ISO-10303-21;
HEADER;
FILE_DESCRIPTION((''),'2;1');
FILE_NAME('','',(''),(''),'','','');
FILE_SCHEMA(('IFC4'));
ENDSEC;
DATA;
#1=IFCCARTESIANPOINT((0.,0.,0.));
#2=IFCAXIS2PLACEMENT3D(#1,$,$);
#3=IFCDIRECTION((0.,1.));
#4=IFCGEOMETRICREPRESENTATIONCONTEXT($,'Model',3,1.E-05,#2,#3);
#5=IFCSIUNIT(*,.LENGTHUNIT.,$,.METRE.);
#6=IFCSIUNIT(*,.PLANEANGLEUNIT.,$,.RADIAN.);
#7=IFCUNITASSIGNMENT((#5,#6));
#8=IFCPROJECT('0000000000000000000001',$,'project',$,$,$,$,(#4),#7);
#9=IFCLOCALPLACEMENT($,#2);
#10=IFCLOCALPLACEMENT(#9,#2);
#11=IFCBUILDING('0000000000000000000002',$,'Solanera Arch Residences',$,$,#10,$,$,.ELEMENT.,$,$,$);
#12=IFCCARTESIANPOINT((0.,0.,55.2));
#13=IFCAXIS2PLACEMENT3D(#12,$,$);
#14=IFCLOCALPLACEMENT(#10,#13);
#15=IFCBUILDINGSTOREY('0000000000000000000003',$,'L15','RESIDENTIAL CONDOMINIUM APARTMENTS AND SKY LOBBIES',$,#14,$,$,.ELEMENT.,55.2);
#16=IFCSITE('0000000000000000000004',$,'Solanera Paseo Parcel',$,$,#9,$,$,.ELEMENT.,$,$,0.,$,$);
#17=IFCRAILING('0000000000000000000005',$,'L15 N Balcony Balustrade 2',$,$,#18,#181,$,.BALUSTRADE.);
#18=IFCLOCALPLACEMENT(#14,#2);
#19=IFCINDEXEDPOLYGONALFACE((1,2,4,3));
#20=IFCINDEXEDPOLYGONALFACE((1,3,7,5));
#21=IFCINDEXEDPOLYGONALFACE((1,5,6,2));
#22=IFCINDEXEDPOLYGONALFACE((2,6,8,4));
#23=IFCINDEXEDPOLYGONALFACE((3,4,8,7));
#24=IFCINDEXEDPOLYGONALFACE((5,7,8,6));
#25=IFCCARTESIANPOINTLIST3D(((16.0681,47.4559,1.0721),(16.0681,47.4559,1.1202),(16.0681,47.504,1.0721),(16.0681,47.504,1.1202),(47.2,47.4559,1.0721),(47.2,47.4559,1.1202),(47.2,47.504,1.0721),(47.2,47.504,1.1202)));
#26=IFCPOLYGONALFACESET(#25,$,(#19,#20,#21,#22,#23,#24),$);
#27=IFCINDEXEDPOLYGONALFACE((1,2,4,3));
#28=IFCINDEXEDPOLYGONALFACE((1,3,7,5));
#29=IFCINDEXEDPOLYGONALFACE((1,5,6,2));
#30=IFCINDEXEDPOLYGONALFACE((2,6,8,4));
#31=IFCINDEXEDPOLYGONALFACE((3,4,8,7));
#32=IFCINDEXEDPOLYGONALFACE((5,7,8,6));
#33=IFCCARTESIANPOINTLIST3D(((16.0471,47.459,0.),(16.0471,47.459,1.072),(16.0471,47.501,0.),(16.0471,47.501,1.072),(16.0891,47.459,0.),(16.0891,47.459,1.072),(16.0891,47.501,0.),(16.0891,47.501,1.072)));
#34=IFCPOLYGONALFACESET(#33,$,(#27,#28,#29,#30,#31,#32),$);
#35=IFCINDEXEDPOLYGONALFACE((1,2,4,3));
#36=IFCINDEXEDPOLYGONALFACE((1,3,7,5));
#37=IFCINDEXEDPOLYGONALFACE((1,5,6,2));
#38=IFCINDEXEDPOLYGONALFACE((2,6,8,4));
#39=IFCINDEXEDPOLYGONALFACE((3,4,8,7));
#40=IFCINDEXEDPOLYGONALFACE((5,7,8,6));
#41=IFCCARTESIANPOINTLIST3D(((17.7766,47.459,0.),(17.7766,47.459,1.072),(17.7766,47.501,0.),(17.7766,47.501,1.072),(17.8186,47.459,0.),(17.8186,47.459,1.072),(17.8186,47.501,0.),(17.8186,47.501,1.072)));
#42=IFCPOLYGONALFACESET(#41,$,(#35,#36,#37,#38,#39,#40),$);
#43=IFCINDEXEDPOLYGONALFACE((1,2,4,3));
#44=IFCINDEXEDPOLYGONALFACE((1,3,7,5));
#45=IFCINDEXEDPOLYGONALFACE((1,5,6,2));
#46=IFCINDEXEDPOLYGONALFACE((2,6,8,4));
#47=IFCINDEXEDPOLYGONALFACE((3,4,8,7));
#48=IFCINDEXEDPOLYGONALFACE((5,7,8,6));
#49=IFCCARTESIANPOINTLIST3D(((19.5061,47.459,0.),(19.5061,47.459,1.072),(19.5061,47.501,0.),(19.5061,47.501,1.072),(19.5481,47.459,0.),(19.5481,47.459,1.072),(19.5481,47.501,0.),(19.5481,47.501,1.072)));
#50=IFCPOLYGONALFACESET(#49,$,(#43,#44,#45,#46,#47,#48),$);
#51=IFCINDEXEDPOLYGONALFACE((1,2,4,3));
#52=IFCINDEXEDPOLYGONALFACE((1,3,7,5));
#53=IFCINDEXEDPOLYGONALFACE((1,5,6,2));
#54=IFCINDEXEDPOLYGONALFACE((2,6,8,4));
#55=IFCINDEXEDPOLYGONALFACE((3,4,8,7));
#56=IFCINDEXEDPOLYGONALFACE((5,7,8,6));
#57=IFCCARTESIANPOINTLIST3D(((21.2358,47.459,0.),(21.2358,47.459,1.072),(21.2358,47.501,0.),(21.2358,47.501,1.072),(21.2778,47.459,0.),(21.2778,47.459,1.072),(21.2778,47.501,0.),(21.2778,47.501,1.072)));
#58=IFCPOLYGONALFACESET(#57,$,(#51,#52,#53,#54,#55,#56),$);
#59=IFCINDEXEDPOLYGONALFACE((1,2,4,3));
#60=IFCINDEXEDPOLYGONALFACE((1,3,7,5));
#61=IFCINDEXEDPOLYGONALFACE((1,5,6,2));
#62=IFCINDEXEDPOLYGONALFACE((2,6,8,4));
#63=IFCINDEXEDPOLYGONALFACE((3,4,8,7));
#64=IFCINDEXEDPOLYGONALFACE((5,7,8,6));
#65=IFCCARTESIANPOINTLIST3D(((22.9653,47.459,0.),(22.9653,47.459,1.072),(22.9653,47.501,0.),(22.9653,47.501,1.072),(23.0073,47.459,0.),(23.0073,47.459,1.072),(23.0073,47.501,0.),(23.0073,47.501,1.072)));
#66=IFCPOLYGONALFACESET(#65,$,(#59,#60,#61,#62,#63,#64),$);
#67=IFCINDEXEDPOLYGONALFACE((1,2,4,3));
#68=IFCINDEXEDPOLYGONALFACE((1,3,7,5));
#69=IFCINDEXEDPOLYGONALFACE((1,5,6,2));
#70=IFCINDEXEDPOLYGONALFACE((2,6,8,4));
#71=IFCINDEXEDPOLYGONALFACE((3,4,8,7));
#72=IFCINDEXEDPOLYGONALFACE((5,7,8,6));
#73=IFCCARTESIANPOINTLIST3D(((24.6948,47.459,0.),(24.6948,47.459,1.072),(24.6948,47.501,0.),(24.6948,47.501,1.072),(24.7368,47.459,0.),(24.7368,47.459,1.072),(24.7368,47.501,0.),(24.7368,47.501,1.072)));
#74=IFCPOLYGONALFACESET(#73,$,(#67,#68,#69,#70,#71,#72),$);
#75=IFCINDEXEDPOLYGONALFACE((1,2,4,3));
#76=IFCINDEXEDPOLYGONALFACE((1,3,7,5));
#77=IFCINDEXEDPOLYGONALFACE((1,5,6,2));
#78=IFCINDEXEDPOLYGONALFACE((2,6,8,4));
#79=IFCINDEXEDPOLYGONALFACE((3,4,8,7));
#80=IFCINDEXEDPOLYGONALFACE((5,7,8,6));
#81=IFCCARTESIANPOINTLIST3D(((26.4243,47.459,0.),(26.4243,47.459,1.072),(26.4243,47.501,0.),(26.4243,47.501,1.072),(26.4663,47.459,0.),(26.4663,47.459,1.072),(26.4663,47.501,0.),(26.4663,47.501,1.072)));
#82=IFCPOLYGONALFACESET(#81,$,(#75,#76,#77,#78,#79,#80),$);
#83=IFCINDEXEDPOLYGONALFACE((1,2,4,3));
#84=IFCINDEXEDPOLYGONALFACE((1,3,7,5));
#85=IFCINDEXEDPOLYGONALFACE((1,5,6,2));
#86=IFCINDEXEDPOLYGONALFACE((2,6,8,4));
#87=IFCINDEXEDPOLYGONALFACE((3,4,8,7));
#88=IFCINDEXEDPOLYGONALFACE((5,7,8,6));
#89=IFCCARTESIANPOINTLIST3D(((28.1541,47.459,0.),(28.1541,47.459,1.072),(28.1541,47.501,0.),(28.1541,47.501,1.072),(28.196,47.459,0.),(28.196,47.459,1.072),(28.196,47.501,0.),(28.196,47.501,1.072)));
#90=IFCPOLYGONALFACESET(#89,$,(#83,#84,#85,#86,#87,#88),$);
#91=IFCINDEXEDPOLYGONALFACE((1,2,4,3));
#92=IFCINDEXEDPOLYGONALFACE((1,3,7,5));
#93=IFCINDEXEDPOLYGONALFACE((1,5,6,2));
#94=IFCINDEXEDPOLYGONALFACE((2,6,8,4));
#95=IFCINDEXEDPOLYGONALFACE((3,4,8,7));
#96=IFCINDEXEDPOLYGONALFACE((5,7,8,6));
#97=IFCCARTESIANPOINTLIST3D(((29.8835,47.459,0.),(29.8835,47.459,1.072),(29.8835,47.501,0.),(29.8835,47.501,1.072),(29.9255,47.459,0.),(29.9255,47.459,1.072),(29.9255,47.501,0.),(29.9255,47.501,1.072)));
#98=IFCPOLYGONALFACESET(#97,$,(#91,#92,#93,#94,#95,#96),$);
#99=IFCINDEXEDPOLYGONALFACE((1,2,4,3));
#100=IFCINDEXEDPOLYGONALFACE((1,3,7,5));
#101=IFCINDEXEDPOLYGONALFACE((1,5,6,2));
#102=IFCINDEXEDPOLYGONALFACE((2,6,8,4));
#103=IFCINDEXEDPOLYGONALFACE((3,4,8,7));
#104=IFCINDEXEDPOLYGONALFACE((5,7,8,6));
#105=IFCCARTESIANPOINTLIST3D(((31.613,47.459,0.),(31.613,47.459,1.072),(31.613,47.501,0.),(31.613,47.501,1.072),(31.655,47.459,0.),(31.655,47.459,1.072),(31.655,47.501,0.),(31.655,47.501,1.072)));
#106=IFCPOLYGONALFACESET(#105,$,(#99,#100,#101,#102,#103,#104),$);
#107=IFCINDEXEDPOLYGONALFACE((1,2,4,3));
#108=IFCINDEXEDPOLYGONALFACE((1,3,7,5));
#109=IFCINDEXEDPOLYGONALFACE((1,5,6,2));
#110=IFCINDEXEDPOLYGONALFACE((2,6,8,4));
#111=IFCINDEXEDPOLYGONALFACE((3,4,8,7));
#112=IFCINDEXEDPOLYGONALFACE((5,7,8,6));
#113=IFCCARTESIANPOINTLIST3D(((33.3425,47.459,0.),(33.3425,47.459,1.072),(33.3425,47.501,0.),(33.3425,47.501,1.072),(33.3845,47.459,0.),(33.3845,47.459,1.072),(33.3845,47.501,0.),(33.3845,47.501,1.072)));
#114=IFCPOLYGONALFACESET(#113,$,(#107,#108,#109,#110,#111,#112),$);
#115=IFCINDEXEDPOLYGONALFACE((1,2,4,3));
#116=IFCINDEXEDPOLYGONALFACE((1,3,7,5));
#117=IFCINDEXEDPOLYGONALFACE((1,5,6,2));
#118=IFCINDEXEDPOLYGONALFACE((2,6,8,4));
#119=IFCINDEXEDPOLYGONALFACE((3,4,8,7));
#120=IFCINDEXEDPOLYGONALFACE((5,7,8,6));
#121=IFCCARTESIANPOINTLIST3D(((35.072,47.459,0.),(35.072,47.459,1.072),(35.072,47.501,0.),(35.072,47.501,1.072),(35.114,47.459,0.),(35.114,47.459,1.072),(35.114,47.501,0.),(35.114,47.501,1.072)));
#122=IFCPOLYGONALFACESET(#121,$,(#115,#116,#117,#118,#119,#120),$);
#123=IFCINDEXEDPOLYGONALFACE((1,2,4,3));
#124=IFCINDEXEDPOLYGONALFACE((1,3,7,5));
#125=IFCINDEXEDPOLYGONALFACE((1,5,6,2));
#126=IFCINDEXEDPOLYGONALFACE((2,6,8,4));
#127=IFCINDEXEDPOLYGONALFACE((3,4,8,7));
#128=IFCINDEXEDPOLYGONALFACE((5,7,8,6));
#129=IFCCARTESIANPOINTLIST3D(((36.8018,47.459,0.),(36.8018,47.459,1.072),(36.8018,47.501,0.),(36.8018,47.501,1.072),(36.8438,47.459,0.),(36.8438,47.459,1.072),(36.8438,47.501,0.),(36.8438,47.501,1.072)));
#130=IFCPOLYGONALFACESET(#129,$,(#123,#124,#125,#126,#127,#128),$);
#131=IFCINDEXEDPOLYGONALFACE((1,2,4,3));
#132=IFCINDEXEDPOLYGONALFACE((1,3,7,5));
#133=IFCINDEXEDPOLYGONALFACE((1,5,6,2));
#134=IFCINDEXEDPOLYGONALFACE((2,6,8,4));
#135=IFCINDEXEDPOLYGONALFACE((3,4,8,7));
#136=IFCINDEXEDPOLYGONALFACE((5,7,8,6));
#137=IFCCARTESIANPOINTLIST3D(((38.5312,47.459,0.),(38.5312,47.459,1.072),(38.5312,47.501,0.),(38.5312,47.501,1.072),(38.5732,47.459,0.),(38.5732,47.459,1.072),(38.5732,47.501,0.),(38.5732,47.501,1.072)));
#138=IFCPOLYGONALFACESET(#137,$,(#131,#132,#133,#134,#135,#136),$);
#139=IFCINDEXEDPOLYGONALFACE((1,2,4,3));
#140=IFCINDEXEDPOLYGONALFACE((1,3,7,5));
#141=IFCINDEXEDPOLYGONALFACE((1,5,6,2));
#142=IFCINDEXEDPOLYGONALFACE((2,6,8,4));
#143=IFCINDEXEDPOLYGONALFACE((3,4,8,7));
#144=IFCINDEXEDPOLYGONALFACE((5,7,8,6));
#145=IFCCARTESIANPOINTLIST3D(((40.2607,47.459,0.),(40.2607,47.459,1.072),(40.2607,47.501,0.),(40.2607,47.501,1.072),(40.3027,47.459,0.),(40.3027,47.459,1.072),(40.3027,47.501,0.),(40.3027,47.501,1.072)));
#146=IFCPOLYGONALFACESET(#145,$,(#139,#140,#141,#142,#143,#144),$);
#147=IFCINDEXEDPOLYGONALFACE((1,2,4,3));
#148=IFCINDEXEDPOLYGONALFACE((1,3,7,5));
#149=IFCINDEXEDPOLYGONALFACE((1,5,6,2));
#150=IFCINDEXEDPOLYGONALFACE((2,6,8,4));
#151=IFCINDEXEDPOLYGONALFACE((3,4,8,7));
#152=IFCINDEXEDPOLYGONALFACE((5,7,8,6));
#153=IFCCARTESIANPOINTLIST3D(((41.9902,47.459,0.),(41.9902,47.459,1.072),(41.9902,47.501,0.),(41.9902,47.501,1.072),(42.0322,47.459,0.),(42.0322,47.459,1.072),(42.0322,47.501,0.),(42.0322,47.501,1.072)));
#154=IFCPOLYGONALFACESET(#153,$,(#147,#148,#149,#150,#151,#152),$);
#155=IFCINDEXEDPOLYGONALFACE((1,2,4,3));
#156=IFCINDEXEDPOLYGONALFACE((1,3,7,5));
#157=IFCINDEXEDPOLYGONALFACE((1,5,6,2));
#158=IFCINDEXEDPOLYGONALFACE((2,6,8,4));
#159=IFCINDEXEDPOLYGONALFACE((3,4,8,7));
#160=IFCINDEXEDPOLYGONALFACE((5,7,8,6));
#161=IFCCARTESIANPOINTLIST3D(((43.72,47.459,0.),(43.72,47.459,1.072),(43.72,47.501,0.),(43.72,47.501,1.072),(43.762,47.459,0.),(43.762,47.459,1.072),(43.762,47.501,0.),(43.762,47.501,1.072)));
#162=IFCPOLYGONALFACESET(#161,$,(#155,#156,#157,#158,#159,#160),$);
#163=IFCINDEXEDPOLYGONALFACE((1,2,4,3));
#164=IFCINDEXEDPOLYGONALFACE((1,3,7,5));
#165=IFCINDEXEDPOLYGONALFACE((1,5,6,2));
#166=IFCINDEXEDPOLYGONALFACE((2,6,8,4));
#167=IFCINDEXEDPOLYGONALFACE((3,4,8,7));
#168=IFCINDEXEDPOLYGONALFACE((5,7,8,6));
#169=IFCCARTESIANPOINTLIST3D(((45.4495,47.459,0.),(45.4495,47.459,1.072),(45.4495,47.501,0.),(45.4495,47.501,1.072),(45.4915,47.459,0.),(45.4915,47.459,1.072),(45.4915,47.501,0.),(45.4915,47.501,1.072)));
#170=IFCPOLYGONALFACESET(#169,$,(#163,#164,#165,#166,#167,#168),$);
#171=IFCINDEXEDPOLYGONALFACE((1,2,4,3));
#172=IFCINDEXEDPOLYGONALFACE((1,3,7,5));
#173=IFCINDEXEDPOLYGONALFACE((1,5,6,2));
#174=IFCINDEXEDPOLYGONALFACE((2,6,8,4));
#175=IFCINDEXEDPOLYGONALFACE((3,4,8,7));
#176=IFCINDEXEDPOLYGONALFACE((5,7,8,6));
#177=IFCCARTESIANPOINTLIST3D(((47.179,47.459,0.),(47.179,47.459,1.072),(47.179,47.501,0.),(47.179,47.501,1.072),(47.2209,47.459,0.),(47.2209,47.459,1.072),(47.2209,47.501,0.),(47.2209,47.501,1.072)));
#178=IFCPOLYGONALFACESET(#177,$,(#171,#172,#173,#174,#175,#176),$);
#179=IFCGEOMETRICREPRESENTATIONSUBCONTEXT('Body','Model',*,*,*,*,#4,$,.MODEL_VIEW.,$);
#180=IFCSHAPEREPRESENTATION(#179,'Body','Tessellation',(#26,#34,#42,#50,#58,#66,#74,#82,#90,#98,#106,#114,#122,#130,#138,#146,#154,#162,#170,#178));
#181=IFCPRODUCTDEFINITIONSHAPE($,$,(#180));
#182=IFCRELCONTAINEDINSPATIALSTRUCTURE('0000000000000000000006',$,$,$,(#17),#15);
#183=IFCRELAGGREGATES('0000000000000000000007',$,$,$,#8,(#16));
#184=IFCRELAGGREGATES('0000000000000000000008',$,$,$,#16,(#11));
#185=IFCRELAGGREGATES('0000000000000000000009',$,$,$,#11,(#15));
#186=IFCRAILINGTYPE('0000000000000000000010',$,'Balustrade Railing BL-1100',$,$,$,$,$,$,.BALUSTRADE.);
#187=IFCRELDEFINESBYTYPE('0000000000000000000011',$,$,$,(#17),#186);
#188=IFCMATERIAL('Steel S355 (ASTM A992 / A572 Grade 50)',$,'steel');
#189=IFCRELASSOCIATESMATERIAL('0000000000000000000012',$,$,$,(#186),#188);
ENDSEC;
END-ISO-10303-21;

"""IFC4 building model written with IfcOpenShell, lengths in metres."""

from ifc_helpers import new_model, si_unit, direction, frame, origin, origin_2d, place, context, subcontext, project, spatial, rectangle, extrude, material, type_object, element, save


model = new_model("IFC4")

# Units and contexts
model_context = context("Model", 3, precision=1e-05, world=origin(), true_north=direction((0.0, 1.0)))
body_context = subcontext(model_context, "Body", "Model", "MODEL_VIEW")
ifc_project = project(units=[si_unit("LENGTHUNIT", "METRE"), si_unit("PLANEANGLEUNIT", "RADIAN")], contexts=[model_context])

# Site, building, storey
site_placement = place(None, origin())
site = spatial("IfcSite", under=ifc_project, at=site_placement, Name="Solanera Paseo Parcel", CompositionType="ELEMENT", RefElevation=0.0)
building_placement = place(site_placement, origin())
building = spatial("IfcBuilding", under=site, at=building_placement, Name="Solanera Arch Residences", CompositionType="ELEMENT")
storey_placement = place(building_placement, frame((0.0, 0.0, 55.2)))
storey = spatial("IfcBuildingStorey", under=building, at=storey_placement, Name="L15", Description="RESIDENTIAL CONDOMINIUM APARTMENTS AND SKY LOBBIES", CompositionType="ELEMENT", Elevation=55.2)

# Railing
ifc_material_1 = material(Name="Steel S355 (ASTM A992 / A572 Grade 50)", Category="steel")
railing_type = type_object("IfcRailingType", Name="Balustrade Railing BL-1100", PredefinedType="BALUSTRADE", material=ifc_material_1)
railing_placement = place(storey_placement, frame((16.0681, 47.48, 0.0)))
element("IfcRailing", 1, at=railing_placement, inside=storey, type_object=railing_type, Name="L15 N Balcony Balustrade 2", PredefinedType="BALUSTRADE", context=body_context, shape_type="SweptSolid", body=[
    extrude(rectangle(XDim=0.0481, YDim=0.0481, at=origin_2d()), frame((0.0, 0.0, 1.0962), z_axis=(1.0, 0.0, 0.0), x_axis=(0.0, 1.0, 0.0)), (0.0, 0.0, 1.0), 31.1318),
    extrude(rectangle(XDim=0.042, YDim=0.042, at=origin_2d()), origin(), (0.0, 0.0, 1.0), 1.072),
    extrude(rectangle(XDim=0.042, YDim=0.042, at=origin_2d()), frame((1.7295, 0.0, 0.0)), (0.0, 0.0, 1.0), 1.072),
    extrude(rectangle(XDim=0.042, YDim=0.042, at=origin_2d()), frame((3.459, 0.0, 0.0)), (0.0, 0.0, 1.0), 1.072),
    extrude(rectangle(XDim=0.042, YDim=0.042, at=origin_2d()), frame((5.1887, 0.0, 0.0)), (0.0, 0.0, 1.0), 1.072),
    extrude(rectangle(XDim=0.042, YDim=0.042, at=origin_2d()), frame((6.9182, 0.0, 0.0)), (0.0, 0.0, 1.0), 1.072),
    extrude(rectangle(XDim=0.042, YDim=0.042, at=origin_2d()), frame((8.6477, 0.0, 0.0)), (0.0, 0.0, 1.0), 1.072),
    extrude(rectangle(XDim=0.042, YDim=0.042, at=origin_2d()), frame((10.3772, 0.0, 0.0)), (0.0, 0.0, 1.0), 1.072),
    extrude(rectangle(XDim=0.042, YDim=0.042, at=origin_2d()), frame((12.1069, 0.0, 0.0)), (0.0, 0.0, 1.0), 1.072),
    extrude(rectangle(XDim=0.042, YDim=0.042, at=origin_2d()), frame((13.8364, 0.0, 0.0)), (0.0, 0.0, 1.0), 1.072),
    extrude(rectangle(XDim=0.042, YDim=0.042, at=origin_2d()), frame((15.5659, 0.0, 0.0)), (0.0, 0.0, 1.0), 1.072),
    extrude(rectangle(XDim=0.042, YDim=0.042, at=origin_2d()), frame((17.2954, 0.0, 0.0)), (0.0, 0.0, 1.0), 1.072),
    extrude(rectangle(XDim=0.042, YDim=0.042, at=origin_2d()), frame((19.0249, 0.0, 0.0)), (0.0, 0.0, 1.0), 1.072),
    extrude(rectangle(XDim=0.042, YDim=0.042, at=origin_2d()), frame((20.7546, 0.0, 0.0)), (0.0, 0.0, 1.0), 1.072),
    extrude(rectangle(XDim=0.042, YDim=0.042, at=origin_2d()), frame((22.4841, 0.0, 0.0)), (0.0, 0.0, 1.0), 1.072),
    extrude(rectangle(XDim=0.042, YDim=0.042, at=origin_2d()), frame((24.2136, 0.0, 0.0)), (0.0, 0.0, 1.0), 1.072),
    extrude(rectangle(XDim=0.042, YDim=0.042, at=origin_2d()), frame((25.9431, 0.0, 0.0)), (0.0, 0.0, 1.0), 1.072),
    extrude(rectangle(XDim=0.042, YDim=0.042, at=origin_2d()), frame((27.6729, 0.0, 0.0)), (0.0, 0.0, 1.0), 1.072),
    extrude(rectangle(XDim=0.042, YDim=0.042, at=origin_2d()), frame((29.4023, 0.0, 0.0)), (0.0, 0.0, 1.0), 1.072),
    extrude(rectangle(XDim=0.042, YDim=0.042, at=origin_2d()), frame((31.1318, 0.0, 0.0)), (0.0, 0.0, 1.0), 1.072),
])

save(model, "model.ifc")
